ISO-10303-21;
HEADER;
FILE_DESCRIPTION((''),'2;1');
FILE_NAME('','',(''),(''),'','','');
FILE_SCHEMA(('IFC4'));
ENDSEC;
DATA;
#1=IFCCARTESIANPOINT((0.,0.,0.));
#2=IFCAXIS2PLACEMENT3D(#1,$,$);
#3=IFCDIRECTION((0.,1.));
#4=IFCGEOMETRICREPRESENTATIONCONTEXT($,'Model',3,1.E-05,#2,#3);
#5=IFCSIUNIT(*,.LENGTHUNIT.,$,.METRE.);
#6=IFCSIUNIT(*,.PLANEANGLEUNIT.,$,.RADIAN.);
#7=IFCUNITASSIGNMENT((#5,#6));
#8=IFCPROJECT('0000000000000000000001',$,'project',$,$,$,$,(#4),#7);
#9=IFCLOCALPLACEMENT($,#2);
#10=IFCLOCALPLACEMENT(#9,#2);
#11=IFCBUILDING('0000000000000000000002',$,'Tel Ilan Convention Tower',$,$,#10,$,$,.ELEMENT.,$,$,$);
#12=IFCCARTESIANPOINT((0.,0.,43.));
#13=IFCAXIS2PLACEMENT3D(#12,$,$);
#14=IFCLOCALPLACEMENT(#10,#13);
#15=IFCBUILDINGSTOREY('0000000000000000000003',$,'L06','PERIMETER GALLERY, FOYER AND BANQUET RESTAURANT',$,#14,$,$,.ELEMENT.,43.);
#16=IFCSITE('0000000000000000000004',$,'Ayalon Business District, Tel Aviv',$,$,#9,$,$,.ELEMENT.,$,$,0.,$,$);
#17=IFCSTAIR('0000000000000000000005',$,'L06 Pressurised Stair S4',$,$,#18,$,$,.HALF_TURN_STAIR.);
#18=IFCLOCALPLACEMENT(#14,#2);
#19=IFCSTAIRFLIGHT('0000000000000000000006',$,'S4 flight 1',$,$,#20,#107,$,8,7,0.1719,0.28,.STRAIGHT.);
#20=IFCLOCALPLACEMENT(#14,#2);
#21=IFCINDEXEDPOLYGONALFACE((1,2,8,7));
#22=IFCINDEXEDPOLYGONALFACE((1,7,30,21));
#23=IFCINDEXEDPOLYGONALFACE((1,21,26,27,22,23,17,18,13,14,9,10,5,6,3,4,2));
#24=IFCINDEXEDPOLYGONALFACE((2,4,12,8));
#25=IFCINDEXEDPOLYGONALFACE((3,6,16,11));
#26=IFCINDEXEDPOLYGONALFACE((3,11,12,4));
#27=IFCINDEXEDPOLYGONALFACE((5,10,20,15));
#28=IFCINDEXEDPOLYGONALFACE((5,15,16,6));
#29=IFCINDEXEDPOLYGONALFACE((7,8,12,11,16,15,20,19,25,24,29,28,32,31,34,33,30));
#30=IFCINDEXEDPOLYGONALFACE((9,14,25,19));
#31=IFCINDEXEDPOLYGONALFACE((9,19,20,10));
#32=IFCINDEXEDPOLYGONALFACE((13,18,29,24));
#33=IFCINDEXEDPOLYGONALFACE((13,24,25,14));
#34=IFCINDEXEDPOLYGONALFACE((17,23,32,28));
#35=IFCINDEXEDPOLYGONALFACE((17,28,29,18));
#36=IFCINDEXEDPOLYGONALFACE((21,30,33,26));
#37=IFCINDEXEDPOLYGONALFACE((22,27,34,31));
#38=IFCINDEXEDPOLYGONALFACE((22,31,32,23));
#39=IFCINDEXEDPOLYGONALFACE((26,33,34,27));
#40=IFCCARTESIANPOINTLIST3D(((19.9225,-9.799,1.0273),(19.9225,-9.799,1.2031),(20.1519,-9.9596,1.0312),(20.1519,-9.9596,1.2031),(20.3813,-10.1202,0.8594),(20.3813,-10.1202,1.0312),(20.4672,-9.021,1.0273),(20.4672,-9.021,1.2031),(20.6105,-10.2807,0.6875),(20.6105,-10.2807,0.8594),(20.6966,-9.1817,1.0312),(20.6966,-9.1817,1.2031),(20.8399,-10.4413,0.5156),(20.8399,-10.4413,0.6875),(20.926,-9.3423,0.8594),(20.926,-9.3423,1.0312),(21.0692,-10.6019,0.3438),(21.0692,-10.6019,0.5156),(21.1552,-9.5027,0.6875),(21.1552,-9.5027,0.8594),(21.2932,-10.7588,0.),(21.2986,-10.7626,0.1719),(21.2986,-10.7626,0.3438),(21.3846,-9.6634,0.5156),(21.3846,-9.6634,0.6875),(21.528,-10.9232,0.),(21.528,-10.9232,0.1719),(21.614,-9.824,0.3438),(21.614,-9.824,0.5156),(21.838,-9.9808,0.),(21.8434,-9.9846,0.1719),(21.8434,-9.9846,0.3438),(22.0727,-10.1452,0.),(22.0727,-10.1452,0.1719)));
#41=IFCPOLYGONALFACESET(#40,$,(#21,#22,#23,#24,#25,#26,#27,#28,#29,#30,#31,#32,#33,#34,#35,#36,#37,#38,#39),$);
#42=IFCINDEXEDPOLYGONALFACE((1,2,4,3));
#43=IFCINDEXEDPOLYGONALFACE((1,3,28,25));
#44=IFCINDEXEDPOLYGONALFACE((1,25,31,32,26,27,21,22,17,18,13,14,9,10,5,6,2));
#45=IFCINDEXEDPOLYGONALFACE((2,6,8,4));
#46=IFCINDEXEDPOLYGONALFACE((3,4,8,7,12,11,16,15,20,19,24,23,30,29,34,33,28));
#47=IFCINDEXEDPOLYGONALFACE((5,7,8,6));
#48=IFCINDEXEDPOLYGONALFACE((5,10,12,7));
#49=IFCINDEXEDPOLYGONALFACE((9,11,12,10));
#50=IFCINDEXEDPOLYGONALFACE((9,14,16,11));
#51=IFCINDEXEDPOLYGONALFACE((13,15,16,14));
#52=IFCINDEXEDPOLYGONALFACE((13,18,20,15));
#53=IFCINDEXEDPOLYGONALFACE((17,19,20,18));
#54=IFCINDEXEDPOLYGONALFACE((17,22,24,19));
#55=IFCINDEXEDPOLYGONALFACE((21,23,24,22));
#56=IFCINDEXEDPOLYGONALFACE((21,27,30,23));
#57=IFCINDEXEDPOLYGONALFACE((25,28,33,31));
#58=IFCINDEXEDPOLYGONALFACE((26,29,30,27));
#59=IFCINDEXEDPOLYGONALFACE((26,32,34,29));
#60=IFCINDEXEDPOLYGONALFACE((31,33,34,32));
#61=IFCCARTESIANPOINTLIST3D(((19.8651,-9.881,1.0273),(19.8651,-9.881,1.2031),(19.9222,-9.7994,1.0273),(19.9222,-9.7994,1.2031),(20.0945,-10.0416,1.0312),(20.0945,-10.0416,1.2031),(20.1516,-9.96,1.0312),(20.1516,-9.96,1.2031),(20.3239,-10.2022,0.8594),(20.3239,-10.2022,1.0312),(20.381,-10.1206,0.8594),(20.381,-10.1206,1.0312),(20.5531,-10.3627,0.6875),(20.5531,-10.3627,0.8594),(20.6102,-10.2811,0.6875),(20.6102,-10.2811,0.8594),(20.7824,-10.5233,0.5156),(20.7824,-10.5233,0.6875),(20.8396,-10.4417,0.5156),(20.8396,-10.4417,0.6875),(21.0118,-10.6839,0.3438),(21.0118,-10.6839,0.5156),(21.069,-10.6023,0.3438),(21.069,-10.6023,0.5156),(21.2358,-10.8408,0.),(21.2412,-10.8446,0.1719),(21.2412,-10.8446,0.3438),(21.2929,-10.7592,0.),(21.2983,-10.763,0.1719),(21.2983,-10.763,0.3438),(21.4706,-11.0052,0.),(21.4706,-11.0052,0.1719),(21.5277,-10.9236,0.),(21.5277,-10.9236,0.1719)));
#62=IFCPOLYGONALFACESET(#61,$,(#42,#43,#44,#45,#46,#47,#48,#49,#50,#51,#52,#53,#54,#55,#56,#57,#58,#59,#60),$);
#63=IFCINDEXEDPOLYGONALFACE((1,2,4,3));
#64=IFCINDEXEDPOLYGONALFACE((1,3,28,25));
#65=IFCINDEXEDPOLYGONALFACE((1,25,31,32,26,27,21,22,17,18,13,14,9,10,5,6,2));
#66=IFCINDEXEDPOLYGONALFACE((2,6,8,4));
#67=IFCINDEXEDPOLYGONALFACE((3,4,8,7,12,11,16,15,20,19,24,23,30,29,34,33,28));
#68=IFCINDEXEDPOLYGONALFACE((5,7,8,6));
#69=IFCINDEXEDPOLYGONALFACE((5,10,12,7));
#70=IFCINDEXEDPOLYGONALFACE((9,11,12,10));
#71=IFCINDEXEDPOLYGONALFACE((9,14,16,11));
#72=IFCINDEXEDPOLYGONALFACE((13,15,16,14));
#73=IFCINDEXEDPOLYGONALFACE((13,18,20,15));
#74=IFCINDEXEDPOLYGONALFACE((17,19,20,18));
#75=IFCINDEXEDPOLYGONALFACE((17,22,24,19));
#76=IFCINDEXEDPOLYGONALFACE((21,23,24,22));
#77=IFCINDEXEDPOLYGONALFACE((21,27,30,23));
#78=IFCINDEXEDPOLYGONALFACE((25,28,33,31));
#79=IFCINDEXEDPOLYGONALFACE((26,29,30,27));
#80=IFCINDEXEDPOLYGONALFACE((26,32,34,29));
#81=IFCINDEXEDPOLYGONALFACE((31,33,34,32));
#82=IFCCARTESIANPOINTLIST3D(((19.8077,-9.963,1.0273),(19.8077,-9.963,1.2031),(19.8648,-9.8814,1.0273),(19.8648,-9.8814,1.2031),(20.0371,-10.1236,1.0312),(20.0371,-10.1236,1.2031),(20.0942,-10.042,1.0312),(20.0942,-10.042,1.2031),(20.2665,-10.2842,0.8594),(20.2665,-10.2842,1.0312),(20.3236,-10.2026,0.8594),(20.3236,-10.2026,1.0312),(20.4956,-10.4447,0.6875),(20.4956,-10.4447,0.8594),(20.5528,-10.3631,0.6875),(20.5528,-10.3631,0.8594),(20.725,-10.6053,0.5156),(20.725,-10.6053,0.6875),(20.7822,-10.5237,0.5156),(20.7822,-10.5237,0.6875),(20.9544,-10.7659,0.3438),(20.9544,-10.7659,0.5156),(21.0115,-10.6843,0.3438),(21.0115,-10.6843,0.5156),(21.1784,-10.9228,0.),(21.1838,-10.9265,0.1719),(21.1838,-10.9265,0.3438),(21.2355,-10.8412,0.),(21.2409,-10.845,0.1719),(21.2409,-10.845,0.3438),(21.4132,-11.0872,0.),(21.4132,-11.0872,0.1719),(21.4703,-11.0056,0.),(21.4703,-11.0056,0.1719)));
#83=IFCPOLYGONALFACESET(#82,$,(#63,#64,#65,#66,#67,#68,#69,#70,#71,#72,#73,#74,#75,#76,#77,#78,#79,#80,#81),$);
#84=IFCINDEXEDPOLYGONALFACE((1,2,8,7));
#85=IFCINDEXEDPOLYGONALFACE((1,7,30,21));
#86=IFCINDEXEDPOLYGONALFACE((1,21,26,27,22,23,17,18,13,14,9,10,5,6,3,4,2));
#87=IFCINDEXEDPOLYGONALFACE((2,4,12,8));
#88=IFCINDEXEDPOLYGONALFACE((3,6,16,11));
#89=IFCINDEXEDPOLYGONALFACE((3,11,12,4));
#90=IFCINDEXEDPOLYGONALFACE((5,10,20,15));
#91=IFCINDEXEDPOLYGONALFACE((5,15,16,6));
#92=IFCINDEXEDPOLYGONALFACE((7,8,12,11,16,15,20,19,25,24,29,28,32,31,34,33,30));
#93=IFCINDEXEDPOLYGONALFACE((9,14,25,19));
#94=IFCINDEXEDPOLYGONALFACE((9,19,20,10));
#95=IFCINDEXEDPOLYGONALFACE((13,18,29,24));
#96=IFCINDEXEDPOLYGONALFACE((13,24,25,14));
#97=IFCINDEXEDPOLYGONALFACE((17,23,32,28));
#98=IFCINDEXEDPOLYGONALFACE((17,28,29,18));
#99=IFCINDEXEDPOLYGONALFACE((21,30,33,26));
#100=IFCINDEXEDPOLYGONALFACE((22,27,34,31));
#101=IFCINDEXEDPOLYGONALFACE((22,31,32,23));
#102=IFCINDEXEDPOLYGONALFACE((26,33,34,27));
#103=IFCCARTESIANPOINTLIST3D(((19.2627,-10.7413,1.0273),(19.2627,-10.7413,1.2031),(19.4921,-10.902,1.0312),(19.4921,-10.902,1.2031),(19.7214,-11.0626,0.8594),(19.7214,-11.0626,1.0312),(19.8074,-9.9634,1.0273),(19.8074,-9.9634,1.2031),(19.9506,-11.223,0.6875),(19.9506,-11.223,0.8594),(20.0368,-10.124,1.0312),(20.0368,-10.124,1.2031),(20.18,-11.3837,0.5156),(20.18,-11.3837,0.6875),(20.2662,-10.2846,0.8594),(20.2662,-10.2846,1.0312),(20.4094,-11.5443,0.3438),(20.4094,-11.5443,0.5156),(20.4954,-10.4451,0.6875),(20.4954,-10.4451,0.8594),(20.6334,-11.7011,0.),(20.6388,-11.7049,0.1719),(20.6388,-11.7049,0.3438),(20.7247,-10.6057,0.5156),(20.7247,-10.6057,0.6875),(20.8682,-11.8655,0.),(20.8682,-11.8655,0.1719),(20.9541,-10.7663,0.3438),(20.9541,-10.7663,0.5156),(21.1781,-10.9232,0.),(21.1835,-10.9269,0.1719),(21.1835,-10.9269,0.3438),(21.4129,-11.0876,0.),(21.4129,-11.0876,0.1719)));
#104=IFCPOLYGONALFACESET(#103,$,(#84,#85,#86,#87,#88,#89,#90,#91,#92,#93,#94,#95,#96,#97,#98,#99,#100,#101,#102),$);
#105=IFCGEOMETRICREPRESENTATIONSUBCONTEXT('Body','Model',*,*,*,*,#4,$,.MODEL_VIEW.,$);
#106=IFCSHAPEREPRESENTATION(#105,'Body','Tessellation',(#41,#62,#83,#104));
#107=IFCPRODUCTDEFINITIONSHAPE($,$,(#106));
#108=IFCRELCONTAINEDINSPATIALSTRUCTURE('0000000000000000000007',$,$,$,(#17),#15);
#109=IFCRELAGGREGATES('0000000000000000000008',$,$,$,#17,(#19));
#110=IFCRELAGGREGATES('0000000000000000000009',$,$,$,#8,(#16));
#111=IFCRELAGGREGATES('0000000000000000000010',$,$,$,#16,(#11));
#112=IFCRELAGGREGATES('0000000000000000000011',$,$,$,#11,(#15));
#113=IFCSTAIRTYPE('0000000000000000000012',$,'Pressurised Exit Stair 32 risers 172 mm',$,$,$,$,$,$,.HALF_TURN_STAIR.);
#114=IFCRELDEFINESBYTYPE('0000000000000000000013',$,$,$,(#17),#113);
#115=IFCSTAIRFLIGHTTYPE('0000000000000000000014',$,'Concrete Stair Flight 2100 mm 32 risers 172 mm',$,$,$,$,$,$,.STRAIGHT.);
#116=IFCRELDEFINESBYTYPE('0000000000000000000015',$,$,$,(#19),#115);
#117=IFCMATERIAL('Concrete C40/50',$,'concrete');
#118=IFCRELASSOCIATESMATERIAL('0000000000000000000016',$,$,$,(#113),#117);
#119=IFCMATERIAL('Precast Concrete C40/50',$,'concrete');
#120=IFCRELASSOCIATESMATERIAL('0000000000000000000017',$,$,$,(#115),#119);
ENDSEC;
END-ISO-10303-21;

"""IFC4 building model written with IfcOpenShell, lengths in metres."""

from ifc_helpers import new_model, si_unit, direction, frame, origin, place, context, subcontext, project, spatial, polyline, outline, extrude, material, type_object, element, aggregate, save


model = new_model("IFC4")

# Units and contexts
model_context = context("Model", 3, precision=1e-05, world=origin(), true_north=direction((0.0, 1.0)))
body_context = subcontext(model_context, "Body", "Model", "MODEL_VIEW")
ifc_project = project(units=[si_unit("LENGTHUNIT", "METRE"), si_unit("PLANEANGLEUNIT", "RADIAN")], contexts=[model_context])

# Site, building, storey
site_placement = place(None, origin())
site = spatial("IfcSite", under=ifc_project, at=site_placement, Name="Ayalon Business District, Tel Aviv", CompositionType="ELEMENT", RefElevation=0.0)
building_placement = place(site_placement, origin())
building = spatial("IfcBuilding", under=site, at=building_placement, Name="Tel Ilan Convention Tower", CompositionType="ELEMENT")
storey_placement = place(building_placement, frame((0.0, 0.0, 43.0)))
storey = spatial("IfcBuildingStorey", under=building, at=storey_placement, Name="L06", Description="PERIMETER GALLERY, FOYER AND BANQUET RESTAURANT", CompositionType="ELEMENT", Elevation=43.0)

# Stair, stair flight
ifc_material_1 = material(Name="Concrete C40/50", Category="concrete")
stair_type = type_object("IfcStairType", Name="Pressurised Exit Stair 32 risers 172 mm", PredefinedType="HALF_TURN_STAIR", material=ifc_material_1)
ifc_material_2 = material(Name="Precast Concrete C40/50", Category="concrete")
stair_flight_type = type_object("IfcStairFlightType", Name="Concrete Stair Flight 2100 mm 32 risers 172 mm", PredefinedType="STRAIGHT", material=ifc_material_2)
stair_1_placement = place(storey_placement, origin())
stair_1 = element("IfcStair", 1, at=stair_1_placement, inside=storey, type_object=stair_type, Name="L06 Pressurised Stair S4", PredefinedType="HALF_TURN_STAIR")
stair_flight_1_placement = place(storey_placement, frame((21.4705, -11.0054, 0.0), z_axis=(0.0, 0.0, 1.0), x_axis=(-0.819152, 0.573576, 0.0)))
stair_flight_1 = element("IfcStairFlight", 2, at=stair_flight_1_placement, type_object=stair_flight_type, Name="S4 flight 1", NumberOfRisers=8, NumberOfTreads=7, PredefinedType="STRAIGHT", RiserHeight=0.1719, TreadLength=0.28, context=body_context, shape_type="SweptSolid", body=[
    extrude(outline(polyline([(0.0, 0.0), (0.0, 0.1719), (0.28, 0.1719), (0.28, 0.3438), (0.5601, 0.3438), (0.5601, 0.5156), (0.8401, 0.5156), (0.8401, 0.6875), (1.1201, 0.6875), (1.1201, 0.8594), (1.3999, 0.8594), (1.3999, 1.0312), (1.6799, 1.0312), (1.6799, 1.2031), (1.96, 1.2031), (1.96, 1.375), (1.96, 1.0273), (0.2866, 0.0), (0.0, 0.0)])), frame((0.0, -0.1003, 0.0), z_axis=(0.0, -1.0, 0.0), x_axis=(1.0, 0.0, 0.0)), (0.0, 0.0, 1.0), 0.9497),
    extrude(outline(polyline([(0.0, 0.0), (0.0, 0.1719), (0.28, 0.1719), (0.28, 0.3438), (0.5601, 0.3438), (0.5601, 0.5156), (0.8401, 0.5156), (0.8401, 0.6875), (1.1201, 0.6875), (1.1201, 0.8594), (1.3999, 0.8594), (1.3999, 1.0312), (1.6799, 1.0312), (1.6799, 1.2031), (1.96, 1.2031), (1.96, 1.375), (1.96, 1.0273), (0.2866, 0.0), (0.0, 0.0)])), frame((0.0, -0.0002, 0.0), z_axis=(0.0, -1.0, 0.0), x_axis=(1.0, 0.0, 0.0)), (0.0, 0.0, 1.0), 0.0996),
    extrude(outline(polyline([(0.0, 0.0), (0.0, 0.1719), (0.28, 0.1719), (0.28, 0.3438), (0.5601, 0.3438), (0.5601, 0.5156), (0.8401, 0.5156), (0.8401, 0.6875), (1.1201, 0.6875), (1.1201, 0.8594), (1.3999, 0.8594), (1.3999, 1.0312), (1.6799, 1.0312), (1.6799, 1.2031), (1.96, 1.2031), (1.96, 1.375), (1.96, 1.0273), (0.2866, 0.0), (0.0, 0.0)])), frame((0.0, 0.0999, 0.0), z_axis=(0.0, -1.0, 0.0), x_axis=(1.0, 0.0, 0.0)), (0.0, 0.0, 1.0), 0.0996),
    extrude(outline(polyline([(0.0, 0.0), (0.0, 0.1719), (0.28, 0.1719), (0.28, 0.3438), (0.5601, 0.3438), (0.5601, 0.5156), (0.8401, 0.5156), (0.8401, 0.6875), (1.1201, 0.6875), (1.1201, 0.8594), (1.3999, 0.8594), (1.3999, 1.0312), (1.6799, 1.0312), (1.6799, 1.2031), (1.96, 1.2031), (1.96, 1.375), (1.96, 1.0273), (0.2866, 0.0), (0.0, 0.0)])), frame((0.0, 1.05, 0.0), z_axis=(0.0, -1.0, 0.0), x_axis=(1.0, 0.0, 0.0)), (0.0, 0.0, 1.0), 0.9497),
])
aggregate(stair_1, [stair_flight_1])

save(model, "model.ifc")
